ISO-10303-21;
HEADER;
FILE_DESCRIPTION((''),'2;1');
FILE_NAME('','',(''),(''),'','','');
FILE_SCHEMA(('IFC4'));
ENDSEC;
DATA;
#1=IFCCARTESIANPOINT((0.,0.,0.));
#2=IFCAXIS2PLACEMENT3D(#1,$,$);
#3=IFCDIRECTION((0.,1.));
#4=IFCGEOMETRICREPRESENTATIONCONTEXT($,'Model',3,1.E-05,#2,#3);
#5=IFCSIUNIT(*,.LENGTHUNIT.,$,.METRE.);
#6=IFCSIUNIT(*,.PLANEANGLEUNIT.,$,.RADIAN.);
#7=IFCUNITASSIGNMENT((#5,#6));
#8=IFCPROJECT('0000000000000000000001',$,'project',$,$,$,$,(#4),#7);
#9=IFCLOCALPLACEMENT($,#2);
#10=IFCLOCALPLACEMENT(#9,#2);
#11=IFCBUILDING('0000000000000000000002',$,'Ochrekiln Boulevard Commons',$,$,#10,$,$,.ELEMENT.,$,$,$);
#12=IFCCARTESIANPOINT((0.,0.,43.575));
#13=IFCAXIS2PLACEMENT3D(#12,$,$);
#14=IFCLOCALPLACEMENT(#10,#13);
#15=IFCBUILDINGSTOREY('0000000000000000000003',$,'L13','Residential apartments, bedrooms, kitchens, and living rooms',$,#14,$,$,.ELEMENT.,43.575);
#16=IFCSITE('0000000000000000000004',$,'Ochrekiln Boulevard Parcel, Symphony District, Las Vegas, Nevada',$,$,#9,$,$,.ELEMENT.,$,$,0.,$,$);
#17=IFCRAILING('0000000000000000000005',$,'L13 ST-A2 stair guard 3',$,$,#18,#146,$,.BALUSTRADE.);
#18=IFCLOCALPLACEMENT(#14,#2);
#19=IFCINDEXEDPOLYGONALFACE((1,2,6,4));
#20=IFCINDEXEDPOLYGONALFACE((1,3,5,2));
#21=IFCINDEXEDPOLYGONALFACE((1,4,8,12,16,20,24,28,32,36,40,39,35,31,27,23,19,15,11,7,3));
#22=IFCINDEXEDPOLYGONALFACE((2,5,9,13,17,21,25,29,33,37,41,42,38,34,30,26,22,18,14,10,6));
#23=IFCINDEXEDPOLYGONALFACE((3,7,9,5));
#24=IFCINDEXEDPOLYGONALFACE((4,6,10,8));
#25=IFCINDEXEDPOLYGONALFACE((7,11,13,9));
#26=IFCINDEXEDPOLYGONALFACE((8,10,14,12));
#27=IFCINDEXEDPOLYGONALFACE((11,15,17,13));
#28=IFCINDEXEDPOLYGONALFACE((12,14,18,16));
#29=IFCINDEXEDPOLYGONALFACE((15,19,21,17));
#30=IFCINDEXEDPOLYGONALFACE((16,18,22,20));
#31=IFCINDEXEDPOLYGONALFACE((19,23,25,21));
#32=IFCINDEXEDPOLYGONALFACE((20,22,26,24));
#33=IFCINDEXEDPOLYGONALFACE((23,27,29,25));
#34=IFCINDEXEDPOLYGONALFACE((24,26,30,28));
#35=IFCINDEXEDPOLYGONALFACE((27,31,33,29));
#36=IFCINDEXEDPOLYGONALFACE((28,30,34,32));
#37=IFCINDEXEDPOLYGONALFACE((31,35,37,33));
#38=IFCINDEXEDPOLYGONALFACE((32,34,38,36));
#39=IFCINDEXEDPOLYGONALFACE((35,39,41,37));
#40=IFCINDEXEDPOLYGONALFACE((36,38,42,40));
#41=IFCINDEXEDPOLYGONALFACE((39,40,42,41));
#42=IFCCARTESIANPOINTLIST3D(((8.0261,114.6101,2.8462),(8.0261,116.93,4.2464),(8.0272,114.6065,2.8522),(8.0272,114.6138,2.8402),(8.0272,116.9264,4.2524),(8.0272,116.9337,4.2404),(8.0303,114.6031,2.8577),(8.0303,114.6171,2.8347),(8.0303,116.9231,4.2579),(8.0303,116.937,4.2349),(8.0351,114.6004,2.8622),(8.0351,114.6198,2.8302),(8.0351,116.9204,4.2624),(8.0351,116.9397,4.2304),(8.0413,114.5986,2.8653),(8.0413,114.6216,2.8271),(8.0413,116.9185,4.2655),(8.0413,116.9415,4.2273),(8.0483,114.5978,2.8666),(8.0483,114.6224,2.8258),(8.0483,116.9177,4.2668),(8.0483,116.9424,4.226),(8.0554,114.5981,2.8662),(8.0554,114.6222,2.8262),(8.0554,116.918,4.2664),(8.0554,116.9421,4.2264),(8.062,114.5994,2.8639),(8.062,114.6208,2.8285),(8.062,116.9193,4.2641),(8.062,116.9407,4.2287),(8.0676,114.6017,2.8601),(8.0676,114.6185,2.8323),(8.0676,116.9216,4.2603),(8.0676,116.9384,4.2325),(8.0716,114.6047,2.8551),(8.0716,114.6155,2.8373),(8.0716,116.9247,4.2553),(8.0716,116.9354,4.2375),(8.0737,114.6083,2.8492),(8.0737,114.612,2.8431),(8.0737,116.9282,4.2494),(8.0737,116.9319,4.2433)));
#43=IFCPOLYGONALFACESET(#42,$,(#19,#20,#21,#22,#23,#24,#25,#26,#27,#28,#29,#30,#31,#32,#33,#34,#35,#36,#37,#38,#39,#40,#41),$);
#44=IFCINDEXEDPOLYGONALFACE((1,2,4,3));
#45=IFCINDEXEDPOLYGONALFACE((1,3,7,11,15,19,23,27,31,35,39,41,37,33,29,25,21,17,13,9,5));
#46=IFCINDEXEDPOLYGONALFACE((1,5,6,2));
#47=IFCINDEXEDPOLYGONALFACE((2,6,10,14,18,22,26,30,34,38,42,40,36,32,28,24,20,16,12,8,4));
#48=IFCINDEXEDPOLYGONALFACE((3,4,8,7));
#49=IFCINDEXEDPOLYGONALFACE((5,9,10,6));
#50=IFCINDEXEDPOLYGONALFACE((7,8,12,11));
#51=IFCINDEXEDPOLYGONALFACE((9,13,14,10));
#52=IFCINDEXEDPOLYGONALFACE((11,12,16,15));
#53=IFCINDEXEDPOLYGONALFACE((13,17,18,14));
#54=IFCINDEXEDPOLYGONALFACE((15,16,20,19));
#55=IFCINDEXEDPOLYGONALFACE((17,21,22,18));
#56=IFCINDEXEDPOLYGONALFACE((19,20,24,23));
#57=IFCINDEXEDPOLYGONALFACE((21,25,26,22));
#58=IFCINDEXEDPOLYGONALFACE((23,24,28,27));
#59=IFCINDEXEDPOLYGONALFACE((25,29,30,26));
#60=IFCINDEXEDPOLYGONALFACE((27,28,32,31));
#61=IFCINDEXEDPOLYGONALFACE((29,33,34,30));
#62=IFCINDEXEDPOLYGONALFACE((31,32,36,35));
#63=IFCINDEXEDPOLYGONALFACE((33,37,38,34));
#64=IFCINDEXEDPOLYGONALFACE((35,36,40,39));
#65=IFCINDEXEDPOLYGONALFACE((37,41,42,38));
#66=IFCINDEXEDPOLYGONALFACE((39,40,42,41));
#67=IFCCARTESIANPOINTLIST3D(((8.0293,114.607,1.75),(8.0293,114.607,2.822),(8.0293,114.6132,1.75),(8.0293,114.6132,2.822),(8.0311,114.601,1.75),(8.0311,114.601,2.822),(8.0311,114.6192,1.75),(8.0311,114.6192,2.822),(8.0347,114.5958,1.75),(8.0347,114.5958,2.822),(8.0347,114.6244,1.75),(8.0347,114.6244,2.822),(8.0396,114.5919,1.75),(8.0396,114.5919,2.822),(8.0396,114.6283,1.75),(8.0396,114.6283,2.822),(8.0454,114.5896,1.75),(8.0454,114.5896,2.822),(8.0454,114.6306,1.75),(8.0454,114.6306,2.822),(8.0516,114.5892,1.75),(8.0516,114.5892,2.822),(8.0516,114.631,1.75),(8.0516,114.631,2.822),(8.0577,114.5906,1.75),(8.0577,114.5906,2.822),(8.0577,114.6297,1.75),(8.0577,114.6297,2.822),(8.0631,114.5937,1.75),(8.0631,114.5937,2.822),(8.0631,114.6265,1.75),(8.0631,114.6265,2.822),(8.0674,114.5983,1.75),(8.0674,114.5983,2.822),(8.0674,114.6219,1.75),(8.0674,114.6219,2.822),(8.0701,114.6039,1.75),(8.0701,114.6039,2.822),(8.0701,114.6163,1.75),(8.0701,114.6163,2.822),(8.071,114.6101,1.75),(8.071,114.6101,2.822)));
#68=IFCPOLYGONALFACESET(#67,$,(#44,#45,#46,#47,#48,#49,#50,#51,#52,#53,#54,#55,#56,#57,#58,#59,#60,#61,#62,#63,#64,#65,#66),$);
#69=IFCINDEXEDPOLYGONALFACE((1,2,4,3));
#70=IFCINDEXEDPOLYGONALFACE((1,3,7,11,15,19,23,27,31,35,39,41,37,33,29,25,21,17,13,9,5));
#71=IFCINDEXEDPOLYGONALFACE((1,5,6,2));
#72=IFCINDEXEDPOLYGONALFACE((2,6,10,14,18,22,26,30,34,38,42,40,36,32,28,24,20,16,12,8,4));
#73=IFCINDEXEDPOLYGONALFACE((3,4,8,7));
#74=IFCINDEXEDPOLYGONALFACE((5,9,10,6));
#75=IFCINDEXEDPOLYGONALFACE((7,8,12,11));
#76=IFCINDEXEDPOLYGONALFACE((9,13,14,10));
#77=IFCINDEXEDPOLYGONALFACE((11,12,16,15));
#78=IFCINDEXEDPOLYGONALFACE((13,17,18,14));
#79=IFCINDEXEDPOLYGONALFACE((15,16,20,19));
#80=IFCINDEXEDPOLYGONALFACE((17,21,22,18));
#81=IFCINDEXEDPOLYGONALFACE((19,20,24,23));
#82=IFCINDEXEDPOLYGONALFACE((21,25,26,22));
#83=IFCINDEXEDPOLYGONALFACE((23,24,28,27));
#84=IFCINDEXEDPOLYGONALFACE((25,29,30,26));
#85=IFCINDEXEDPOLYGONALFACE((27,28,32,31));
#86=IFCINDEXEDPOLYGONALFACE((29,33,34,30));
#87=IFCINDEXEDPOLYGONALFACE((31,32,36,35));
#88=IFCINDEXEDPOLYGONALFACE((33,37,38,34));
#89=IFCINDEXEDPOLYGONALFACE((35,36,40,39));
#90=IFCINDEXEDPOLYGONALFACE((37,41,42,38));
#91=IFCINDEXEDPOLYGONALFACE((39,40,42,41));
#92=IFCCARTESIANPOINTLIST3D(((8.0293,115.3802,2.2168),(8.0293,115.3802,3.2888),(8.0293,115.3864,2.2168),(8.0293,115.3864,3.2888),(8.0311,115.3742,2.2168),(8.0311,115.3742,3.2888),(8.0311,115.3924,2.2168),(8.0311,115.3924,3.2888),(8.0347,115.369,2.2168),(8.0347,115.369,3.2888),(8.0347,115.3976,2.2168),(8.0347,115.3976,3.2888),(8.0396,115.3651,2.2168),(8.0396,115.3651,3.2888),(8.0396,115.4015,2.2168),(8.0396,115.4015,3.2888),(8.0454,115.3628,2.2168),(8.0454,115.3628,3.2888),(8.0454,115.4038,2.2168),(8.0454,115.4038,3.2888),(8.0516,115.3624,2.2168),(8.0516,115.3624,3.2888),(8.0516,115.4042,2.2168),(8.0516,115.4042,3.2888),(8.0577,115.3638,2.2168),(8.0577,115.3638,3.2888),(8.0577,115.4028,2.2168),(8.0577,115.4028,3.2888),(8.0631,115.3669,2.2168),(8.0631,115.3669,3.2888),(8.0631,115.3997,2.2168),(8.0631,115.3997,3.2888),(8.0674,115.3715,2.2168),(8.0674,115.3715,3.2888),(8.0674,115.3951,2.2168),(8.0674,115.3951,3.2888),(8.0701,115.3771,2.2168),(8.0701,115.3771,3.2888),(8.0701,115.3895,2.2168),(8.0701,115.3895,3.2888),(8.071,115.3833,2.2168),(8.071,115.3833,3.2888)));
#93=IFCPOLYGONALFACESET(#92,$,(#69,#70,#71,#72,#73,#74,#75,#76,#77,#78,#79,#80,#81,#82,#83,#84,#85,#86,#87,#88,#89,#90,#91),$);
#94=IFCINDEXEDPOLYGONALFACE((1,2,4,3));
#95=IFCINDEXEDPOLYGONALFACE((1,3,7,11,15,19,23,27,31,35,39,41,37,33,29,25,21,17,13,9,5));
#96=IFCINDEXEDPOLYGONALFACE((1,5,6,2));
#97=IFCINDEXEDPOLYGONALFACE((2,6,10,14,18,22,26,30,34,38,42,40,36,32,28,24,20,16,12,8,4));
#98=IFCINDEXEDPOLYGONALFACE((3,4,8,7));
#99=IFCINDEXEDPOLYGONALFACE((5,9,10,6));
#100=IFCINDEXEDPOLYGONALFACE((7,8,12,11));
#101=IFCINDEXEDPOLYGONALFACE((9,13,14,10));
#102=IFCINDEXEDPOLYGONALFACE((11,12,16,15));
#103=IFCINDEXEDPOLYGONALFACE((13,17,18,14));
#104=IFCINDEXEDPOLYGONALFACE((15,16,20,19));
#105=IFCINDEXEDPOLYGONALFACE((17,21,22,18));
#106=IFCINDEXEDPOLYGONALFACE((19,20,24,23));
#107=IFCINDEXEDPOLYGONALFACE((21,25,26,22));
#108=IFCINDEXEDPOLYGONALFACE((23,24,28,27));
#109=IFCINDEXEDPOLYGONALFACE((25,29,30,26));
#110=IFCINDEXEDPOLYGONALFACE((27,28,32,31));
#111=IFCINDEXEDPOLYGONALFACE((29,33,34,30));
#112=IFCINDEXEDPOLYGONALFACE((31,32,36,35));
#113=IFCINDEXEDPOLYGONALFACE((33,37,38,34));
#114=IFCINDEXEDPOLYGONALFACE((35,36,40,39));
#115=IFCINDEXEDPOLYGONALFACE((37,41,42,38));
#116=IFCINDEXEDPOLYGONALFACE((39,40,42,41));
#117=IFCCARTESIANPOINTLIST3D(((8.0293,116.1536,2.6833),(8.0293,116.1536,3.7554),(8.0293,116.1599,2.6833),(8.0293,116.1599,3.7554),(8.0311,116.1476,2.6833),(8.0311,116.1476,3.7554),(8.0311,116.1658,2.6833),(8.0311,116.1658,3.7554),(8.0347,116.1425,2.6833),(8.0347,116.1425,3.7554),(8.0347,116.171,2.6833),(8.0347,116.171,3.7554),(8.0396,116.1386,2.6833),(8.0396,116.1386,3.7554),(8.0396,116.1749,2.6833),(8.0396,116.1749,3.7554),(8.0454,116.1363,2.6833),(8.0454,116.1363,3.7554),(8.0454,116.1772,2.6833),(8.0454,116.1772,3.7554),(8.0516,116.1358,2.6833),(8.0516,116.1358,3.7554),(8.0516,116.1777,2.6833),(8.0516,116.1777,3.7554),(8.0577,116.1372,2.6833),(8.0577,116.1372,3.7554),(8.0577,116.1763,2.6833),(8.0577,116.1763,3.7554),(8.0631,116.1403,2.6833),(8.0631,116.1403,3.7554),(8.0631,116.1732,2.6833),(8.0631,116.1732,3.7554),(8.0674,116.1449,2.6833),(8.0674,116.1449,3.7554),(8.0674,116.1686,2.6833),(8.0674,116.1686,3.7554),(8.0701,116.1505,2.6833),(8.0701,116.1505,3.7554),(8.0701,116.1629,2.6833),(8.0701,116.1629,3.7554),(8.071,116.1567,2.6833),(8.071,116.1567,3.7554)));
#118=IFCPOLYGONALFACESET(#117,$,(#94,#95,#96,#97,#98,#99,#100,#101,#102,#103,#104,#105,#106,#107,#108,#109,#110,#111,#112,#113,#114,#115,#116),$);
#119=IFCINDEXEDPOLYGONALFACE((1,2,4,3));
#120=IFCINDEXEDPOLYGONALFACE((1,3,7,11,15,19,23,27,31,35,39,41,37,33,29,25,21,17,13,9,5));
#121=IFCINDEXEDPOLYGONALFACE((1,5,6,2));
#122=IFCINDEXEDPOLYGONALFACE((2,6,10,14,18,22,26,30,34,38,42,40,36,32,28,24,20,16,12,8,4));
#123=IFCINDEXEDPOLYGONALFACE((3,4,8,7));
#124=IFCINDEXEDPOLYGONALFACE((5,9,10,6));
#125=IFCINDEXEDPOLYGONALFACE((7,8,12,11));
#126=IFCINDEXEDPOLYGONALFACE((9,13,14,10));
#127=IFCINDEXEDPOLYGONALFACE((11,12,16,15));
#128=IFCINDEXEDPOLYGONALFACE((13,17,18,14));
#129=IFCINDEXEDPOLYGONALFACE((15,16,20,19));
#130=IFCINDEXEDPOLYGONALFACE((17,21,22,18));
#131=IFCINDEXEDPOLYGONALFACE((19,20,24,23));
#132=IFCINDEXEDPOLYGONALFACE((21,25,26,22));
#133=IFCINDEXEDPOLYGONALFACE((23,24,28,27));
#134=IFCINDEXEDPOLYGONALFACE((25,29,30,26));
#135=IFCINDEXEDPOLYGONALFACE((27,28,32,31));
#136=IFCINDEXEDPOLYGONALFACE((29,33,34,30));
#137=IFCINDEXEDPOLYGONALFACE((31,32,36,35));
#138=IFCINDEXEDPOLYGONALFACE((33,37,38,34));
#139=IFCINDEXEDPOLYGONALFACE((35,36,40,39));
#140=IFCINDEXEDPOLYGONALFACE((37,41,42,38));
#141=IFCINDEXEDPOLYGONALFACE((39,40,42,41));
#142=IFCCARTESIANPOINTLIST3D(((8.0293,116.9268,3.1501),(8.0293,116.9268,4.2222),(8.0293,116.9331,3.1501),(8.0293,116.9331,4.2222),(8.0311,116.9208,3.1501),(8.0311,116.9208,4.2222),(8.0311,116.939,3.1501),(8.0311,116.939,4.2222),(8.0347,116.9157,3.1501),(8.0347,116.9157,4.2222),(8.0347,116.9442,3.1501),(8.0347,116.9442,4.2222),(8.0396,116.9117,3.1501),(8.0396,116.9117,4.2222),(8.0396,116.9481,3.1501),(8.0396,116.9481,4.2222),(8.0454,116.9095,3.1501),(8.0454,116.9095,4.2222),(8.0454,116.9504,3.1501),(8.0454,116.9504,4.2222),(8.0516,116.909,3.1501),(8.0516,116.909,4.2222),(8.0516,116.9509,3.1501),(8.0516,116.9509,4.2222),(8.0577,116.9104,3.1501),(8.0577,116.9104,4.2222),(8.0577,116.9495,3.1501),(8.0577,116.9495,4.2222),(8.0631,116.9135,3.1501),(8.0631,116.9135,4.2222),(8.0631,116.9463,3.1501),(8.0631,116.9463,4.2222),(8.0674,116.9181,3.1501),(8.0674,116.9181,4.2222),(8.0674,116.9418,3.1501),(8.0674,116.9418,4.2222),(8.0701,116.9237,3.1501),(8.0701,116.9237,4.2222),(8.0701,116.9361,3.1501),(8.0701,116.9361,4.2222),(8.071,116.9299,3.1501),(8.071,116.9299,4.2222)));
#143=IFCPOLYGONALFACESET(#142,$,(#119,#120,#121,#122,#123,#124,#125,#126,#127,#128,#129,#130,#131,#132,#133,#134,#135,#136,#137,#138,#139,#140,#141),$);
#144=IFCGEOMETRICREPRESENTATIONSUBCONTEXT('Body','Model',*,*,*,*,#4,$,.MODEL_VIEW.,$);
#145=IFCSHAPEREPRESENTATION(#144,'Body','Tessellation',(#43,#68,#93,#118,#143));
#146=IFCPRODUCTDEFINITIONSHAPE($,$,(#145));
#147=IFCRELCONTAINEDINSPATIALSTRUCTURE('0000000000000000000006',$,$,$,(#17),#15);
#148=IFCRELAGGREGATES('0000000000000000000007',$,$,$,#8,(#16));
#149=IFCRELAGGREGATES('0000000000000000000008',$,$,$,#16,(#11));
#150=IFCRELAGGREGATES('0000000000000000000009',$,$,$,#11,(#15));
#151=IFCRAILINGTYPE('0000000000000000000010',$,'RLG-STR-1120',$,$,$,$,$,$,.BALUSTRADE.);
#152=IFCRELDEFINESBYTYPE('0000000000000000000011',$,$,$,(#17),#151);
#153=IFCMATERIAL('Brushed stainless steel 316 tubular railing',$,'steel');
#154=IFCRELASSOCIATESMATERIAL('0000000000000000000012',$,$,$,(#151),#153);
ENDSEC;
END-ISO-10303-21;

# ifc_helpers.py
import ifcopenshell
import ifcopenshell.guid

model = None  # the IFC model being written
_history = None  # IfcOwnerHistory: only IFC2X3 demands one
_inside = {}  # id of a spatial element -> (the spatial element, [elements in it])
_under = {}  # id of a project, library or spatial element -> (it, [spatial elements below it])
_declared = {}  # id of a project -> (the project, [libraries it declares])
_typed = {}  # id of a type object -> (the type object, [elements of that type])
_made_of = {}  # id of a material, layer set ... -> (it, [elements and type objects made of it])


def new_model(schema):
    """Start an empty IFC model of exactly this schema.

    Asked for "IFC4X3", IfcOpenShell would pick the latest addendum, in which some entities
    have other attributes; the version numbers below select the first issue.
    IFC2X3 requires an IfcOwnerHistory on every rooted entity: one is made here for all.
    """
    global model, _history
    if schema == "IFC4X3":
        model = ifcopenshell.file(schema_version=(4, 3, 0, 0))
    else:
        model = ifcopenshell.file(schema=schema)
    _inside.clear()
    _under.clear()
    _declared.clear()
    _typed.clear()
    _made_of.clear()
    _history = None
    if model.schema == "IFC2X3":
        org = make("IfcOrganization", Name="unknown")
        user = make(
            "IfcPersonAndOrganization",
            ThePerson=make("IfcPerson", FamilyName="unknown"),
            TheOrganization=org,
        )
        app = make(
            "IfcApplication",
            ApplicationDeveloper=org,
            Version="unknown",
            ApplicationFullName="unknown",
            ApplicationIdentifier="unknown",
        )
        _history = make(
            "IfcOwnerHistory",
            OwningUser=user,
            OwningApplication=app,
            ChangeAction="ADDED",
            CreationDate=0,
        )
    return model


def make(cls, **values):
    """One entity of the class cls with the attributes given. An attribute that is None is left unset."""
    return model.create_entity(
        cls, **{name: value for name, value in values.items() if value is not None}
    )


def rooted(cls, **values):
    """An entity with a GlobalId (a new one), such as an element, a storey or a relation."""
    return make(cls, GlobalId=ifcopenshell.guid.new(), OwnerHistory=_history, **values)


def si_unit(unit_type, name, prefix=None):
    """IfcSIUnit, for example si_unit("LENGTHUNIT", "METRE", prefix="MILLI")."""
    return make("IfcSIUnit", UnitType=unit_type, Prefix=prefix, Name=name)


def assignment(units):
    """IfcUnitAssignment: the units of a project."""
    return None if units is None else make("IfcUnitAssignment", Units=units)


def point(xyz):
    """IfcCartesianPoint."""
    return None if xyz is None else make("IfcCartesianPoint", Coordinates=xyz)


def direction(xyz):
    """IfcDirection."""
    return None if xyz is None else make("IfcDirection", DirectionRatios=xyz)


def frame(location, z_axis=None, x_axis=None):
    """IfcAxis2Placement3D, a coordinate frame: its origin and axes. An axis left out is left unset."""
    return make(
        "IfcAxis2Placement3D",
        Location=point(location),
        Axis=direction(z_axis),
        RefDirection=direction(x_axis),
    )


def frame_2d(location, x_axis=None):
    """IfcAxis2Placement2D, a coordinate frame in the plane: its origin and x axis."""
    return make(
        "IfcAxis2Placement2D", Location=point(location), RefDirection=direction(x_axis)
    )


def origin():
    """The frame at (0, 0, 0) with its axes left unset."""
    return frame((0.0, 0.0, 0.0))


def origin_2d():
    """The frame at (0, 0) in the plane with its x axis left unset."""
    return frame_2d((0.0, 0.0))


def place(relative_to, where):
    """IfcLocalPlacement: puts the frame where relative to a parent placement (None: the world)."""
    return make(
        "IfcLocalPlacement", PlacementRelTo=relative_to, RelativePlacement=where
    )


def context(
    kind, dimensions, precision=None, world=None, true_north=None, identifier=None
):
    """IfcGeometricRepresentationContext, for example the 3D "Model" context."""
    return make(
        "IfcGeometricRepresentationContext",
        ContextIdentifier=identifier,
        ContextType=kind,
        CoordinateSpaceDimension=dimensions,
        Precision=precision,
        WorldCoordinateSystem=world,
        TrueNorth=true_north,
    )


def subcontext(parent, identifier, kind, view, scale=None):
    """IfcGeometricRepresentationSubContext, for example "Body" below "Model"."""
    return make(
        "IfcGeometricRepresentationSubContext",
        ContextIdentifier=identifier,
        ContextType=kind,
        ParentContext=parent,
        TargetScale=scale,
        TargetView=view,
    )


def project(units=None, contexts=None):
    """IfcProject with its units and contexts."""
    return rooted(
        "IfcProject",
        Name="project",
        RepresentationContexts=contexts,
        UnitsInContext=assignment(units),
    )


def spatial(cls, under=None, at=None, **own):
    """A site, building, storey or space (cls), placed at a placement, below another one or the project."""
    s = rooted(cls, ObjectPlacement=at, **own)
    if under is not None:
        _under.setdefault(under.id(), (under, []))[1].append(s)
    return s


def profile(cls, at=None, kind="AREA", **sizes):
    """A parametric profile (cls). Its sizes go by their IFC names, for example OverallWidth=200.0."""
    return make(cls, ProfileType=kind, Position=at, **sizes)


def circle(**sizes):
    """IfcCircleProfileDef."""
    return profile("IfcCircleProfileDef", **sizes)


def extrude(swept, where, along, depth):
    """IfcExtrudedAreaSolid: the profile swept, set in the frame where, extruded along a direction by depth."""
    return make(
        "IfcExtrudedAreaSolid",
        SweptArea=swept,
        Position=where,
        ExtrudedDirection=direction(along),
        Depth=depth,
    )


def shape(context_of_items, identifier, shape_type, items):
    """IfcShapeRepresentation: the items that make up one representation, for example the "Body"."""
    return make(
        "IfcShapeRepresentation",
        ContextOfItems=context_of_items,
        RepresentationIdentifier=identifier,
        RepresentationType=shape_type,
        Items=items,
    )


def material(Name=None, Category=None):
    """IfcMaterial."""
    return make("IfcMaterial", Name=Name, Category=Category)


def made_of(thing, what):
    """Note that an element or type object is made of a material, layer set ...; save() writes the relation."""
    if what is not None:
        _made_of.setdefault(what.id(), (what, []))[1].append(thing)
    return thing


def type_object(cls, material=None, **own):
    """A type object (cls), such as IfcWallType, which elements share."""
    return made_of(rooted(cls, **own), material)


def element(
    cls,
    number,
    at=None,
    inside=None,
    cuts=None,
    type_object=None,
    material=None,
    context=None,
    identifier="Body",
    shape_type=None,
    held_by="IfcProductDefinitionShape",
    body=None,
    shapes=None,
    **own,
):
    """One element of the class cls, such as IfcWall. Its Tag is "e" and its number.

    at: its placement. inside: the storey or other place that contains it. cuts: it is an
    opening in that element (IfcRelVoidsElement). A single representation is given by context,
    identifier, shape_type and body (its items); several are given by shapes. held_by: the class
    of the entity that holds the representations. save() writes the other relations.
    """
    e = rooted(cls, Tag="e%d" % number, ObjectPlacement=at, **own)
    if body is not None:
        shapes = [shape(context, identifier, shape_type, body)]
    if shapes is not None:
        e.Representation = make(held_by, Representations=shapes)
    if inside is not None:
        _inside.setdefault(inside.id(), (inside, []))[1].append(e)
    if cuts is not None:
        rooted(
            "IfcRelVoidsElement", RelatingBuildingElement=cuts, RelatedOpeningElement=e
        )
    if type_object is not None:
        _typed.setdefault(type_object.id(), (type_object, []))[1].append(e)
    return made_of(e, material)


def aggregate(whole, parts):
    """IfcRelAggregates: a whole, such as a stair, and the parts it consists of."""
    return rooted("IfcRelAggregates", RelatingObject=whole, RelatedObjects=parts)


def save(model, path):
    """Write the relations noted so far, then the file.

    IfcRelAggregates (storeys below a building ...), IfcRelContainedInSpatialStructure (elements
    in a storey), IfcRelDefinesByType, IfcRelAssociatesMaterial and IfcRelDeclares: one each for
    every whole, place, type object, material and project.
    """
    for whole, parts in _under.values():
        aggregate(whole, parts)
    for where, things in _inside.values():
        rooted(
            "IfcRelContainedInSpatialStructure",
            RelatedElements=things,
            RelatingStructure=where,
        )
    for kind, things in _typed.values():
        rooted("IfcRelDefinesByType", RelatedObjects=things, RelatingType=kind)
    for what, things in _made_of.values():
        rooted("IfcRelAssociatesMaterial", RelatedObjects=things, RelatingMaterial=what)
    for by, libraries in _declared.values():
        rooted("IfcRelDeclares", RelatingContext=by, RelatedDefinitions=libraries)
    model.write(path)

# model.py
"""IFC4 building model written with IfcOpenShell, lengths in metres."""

from ifc_helpers import new_model, si_unit, direction, frame, origin, origin_2d, place, context, subcontext, project, spatial, circle, extrude, material, type_object, element, save


model = new_model("IFC4")

# Units and contexts
model_context = context("Model", 3, precision=1e-05, world=origin(), true_north=direction((0.0, 1.0)))
body_context = subcontext(model_context, "Body", "Model", "MODEL_VIEW")
ifc_project = project(units=[si_unit("LENGTHUNIT", "METRE"), si_unit("PLANEANGLEUNIT", "RADIAN")], contexts=[model_context])

# Site, building, storey
site_placement = place(None, origin())
site = spatial("IfcSite", under=ifc_project, at=site_placement, Name="Ochrekiln Boulevard Parcel, Symphony District, Las Vegas, Nevada", CompositionType="ELEMENT", RefElevation=0.0)
building_placement = place(site_placement, origin())
building = spatial("IfcBuilding", under=site, at=building_placement, Name="Ochrekiln Boulevard Commons", CompositionType="ELEMENT")
storey_placement = place(building_placement, frame((0.0, 0.0, 43.575)))
storey = spatial("IfcBuildingStorey", under=building, at=storey_placement, Name="L13", Description="Residential apartments, bedrooms, kitchens, and living rooms", CompositionType="ELEMENT", Elevation=43.575)

# Railing
ifc_material_1 = material(Name="Brushed stainless steel 316 tubular railing", Category="steel")
railing_type_1 = type_object("IfcRailingType", Name="RLG-STR-1120", PredefinedType="BALUSTRADE", material=ifc_material_1)
railing_1_placement = place(storey_placement, frame((8.05, 114.6101, 1.75)))
element("IfcRailing", 1, at=railing_1_placement, inside=storey, type_object=railing_type_1, Name="L13 ST-A2 stair guard 3", PredefinedType="BALUSTRADE", context=body_context, shape_type="SweptSolid", body=[
    extrude(circle(Radius=0.0239, at=origin_2d()), frame((0.0, 0.0, 1.0962), z_axis=(0.0, 0.856146, 0.516733), x_axis=(-1.0, 0.0, 0.0)), (0.0, 0.0, 1.0), 2.7097),
    extrude(circle(Radius=0.021, at=origin_2d()), origin(), (0.0, 0.0, 1.0), 1.072),
    extrude(circle(Radius=0.021, at=origin_2d()), frame((0.0, 0.7732, 0.4668)), (0.0, 0.0, 1.0), 1.072),
    extrude(circle(Radius=0.021, at=origin_2d()), frame((0.0, 1.5466, 0.9333)), (0.0, 0.0, 1.0), 1.072),
    extrude(circle(Radius=0.021, at=origin_2d()), frame((0.0, 2.3198, 1.4001)), (0.0, 0.0, 1.0), 1.072),
])

save(model, "model.ifc")
